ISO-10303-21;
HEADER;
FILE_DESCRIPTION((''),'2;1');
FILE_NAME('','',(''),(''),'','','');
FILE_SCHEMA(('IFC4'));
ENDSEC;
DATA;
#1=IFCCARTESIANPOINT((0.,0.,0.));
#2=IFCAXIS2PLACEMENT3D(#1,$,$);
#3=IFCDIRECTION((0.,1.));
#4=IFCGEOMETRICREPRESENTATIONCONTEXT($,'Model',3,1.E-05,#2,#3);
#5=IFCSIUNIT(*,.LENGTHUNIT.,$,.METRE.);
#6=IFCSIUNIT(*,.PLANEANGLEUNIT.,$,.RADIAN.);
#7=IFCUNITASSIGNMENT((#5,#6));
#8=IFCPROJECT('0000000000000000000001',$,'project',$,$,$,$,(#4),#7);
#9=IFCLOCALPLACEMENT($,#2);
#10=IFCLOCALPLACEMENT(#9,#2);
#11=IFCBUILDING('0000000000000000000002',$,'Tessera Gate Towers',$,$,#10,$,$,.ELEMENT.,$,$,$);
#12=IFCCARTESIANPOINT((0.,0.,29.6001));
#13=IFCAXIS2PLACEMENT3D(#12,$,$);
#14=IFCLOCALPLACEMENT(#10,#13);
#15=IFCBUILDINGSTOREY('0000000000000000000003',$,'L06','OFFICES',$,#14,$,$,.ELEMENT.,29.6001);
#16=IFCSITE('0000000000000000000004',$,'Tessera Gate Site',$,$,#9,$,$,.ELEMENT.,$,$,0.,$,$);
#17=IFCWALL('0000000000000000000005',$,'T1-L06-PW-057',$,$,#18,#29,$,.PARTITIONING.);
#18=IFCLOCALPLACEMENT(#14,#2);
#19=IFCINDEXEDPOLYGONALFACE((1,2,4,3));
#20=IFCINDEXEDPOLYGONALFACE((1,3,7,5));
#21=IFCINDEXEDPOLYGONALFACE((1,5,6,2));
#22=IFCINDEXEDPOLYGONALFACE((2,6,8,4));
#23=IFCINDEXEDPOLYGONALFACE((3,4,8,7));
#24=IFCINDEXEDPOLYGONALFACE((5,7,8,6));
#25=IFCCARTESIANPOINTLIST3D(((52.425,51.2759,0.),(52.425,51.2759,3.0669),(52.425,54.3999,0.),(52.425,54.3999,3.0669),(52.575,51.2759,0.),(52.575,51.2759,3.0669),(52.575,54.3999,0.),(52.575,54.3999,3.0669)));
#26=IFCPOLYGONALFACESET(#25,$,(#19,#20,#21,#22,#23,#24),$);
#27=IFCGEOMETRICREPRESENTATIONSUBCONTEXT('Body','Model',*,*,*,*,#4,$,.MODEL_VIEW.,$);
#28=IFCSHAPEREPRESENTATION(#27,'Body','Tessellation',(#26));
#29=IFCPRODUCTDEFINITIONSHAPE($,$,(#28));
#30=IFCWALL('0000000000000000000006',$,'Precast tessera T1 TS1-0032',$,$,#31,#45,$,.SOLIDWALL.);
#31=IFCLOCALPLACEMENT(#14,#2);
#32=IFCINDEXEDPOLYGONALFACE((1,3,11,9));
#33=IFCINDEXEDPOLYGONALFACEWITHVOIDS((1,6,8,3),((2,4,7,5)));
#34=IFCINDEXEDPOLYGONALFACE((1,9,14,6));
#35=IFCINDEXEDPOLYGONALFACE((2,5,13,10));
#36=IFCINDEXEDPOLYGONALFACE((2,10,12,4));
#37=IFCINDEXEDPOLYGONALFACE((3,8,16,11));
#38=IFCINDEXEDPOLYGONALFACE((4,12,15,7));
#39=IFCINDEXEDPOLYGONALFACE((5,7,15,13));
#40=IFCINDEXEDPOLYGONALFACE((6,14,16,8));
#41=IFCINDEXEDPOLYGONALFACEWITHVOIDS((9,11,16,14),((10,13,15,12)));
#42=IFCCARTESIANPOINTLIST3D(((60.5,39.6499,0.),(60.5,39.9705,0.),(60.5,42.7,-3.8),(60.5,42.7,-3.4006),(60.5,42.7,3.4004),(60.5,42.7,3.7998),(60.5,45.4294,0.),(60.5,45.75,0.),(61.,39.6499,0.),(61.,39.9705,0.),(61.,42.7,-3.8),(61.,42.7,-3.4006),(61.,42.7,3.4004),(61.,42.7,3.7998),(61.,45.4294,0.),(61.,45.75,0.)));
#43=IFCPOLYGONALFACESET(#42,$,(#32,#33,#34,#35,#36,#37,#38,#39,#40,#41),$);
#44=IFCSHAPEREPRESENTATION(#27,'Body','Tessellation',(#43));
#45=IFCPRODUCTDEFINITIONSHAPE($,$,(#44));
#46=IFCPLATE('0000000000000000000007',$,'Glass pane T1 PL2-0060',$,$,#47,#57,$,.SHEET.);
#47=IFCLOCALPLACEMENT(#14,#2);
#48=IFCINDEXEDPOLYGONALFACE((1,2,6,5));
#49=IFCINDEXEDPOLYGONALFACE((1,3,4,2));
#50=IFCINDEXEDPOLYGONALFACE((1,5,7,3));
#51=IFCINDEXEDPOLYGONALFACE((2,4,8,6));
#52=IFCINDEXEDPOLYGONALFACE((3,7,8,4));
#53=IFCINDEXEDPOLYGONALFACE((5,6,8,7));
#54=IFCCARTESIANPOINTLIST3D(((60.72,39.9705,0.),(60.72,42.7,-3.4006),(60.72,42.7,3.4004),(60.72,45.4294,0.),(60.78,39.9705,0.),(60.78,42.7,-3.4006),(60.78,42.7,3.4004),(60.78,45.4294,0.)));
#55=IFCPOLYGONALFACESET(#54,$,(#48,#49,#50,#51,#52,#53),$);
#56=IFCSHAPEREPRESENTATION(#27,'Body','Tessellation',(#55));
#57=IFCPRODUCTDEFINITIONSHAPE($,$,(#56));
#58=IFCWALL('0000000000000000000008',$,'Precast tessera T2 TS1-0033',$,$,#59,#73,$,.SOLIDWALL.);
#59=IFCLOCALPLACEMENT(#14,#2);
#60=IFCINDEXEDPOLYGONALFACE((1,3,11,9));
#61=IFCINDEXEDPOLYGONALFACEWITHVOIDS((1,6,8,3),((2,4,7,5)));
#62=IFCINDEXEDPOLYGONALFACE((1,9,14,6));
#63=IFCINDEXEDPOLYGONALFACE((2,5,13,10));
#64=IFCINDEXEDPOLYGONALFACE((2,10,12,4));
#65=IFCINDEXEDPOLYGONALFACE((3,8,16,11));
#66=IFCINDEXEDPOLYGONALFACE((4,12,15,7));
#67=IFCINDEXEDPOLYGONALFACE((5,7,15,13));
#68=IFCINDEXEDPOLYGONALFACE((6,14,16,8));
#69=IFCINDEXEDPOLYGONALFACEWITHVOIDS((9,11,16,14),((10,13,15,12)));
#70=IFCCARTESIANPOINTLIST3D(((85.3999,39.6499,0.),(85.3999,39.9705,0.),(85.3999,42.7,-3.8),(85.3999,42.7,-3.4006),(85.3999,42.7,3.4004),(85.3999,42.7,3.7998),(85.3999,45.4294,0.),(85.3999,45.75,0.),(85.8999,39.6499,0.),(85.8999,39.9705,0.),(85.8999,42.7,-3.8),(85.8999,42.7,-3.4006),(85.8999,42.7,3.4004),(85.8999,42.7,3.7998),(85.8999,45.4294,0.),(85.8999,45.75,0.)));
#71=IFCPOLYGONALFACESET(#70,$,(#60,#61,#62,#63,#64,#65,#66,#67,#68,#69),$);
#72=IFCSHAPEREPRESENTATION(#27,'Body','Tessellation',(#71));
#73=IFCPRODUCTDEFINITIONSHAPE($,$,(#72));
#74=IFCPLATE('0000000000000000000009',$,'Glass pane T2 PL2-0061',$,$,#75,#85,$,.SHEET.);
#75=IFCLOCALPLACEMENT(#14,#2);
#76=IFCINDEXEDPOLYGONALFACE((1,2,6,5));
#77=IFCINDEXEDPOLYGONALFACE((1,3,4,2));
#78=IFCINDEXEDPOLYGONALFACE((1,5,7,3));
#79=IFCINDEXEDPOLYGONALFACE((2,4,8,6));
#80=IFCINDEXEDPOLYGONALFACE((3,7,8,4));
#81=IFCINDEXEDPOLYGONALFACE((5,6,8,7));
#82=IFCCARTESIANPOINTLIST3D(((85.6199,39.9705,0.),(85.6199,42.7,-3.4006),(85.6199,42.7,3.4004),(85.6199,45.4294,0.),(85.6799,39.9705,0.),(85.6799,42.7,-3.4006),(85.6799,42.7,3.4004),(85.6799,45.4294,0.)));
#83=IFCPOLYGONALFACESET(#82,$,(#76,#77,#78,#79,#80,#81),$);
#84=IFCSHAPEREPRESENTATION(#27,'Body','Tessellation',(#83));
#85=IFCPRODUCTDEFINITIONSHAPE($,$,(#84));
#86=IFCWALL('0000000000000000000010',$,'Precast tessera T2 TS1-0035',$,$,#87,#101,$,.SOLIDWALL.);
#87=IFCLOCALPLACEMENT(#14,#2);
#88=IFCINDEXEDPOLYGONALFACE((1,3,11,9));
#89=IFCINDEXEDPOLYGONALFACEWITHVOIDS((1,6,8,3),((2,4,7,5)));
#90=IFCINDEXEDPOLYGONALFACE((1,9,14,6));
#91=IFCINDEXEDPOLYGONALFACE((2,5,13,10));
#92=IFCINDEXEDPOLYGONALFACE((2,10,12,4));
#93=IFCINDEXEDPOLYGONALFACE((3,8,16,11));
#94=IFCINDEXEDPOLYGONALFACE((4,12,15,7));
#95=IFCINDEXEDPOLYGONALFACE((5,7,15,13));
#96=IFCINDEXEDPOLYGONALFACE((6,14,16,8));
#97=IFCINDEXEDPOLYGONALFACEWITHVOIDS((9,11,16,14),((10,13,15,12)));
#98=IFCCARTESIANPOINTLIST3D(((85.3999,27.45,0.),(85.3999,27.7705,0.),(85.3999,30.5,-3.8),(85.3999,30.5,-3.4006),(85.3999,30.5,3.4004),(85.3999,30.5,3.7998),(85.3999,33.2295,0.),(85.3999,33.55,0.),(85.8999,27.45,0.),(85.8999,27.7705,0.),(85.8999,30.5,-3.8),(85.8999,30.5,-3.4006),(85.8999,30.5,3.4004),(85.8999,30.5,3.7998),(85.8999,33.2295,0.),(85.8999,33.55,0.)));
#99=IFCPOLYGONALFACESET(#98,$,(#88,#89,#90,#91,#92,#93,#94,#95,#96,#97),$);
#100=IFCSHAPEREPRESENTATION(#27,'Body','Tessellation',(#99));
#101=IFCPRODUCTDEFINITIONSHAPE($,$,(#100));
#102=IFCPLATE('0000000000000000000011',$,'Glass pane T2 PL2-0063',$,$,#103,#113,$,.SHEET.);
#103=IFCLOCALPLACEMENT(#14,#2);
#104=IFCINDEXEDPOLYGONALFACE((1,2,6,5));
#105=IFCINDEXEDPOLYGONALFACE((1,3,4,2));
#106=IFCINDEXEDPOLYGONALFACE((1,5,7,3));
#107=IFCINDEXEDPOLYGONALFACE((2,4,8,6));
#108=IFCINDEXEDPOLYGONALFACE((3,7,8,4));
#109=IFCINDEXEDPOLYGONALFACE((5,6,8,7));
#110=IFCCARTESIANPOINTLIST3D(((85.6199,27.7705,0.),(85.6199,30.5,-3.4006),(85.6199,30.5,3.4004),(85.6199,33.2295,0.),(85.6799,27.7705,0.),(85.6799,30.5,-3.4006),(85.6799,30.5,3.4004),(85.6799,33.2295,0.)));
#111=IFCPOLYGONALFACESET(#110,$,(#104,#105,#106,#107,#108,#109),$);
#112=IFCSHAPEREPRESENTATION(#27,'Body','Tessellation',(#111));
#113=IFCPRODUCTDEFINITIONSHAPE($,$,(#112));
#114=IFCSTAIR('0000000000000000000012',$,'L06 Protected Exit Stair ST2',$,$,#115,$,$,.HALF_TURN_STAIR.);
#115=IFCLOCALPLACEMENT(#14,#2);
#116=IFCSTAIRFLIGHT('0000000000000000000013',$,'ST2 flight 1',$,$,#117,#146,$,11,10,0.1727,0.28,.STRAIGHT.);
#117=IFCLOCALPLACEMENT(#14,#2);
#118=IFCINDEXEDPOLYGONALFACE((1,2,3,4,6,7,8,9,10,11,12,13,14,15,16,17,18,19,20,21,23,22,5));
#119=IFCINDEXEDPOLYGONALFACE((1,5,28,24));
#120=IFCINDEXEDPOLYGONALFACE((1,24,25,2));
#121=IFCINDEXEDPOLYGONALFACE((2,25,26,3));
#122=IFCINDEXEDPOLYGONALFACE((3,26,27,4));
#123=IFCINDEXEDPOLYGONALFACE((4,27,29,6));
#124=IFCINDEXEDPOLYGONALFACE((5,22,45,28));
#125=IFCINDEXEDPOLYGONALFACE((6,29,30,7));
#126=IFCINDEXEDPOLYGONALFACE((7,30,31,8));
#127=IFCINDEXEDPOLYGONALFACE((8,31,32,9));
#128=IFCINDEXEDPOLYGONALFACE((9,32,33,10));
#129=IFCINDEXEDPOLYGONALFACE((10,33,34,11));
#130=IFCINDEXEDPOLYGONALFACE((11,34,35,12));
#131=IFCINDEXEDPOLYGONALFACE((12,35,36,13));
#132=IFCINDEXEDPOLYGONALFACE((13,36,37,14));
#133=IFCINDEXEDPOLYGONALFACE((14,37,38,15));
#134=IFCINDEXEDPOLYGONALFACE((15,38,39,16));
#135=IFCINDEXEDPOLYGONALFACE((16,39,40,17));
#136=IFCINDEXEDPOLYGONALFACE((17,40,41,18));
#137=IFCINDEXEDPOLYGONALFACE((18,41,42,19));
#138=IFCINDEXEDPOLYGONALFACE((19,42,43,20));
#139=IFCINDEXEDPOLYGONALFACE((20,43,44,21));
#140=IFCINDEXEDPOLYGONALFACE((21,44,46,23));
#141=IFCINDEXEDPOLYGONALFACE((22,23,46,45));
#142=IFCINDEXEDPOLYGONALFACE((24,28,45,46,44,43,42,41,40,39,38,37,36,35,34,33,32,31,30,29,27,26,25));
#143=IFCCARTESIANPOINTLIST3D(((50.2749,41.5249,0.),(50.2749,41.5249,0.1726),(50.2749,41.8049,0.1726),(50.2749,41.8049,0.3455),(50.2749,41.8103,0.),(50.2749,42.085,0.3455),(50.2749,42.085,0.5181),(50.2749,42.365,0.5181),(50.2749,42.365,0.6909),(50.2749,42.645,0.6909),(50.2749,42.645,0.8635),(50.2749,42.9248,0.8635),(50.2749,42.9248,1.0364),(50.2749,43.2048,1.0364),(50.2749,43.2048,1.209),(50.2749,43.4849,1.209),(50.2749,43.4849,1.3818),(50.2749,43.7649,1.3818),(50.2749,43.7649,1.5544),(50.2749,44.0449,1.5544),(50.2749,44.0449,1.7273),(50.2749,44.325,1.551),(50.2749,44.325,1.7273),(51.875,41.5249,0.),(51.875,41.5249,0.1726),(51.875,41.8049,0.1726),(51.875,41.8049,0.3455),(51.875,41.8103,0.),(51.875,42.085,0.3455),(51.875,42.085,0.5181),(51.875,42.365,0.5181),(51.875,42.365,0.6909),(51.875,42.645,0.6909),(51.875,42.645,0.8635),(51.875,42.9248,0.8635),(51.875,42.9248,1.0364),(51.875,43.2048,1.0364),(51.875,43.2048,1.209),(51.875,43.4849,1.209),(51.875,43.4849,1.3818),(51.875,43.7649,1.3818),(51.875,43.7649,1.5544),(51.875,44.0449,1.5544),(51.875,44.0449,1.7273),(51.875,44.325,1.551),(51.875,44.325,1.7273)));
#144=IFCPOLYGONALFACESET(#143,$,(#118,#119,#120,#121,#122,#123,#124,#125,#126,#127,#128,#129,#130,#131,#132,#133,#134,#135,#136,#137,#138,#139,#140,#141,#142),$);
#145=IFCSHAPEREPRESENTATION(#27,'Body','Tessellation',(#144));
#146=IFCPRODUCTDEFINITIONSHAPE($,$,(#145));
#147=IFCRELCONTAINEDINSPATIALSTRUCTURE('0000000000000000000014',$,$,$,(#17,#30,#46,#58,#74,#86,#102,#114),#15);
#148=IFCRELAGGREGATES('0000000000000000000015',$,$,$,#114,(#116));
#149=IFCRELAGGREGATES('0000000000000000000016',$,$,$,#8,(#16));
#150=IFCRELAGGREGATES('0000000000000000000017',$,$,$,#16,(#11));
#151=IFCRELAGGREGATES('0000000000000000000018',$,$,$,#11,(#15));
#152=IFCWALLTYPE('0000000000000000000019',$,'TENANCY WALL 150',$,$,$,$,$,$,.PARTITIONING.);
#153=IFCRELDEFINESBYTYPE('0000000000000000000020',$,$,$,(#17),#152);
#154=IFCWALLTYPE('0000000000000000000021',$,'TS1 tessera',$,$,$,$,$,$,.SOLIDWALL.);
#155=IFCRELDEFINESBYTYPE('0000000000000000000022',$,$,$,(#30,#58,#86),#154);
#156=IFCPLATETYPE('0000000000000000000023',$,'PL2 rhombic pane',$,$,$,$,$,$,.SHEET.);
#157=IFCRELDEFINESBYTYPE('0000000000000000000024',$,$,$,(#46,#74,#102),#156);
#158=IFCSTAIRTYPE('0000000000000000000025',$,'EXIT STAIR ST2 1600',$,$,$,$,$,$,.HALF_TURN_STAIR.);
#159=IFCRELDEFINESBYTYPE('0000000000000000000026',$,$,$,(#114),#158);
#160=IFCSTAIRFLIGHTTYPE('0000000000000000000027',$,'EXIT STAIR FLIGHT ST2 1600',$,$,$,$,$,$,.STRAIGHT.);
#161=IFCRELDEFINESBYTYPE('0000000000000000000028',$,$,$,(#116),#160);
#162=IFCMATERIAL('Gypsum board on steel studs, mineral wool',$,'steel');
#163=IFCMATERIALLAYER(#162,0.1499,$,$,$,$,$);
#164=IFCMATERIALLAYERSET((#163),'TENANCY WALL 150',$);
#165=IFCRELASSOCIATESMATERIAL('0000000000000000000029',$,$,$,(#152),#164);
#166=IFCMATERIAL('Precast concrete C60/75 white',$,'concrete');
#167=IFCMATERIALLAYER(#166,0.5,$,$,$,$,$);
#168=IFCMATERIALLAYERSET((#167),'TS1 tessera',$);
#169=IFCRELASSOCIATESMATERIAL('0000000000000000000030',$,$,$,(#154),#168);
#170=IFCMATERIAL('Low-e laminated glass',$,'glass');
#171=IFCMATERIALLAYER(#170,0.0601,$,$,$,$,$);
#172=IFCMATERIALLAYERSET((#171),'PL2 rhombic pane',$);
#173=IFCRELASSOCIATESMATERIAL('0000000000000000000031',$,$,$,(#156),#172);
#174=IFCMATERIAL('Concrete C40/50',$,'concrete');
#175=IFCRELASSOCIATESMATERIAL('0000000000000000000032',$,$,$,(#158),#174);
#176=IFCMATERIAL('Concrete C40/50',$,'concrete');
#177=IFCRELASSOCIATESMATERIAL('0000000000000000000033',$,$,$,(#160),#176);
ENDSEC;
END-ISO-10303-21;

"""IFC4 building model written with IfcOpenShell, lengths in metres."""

from ifc_helpers import new_model, si_unit, direction, frame, frame_2d, origin, place, context, subcontext, project, spatial, polyline, rectangle, outline, extrude, source, transform, mapped, material, layer, layer_set, type_object, element, fill, aggregate, save


model = new_model("IFC4")

# Units and contexts
model_context = context("Model", 3, precision=1e-05, world=origin(), true_north=direction((0.0, 1.0)))
body_context = subcontext(model_context, "Body", "Model", "MODEL_VIEW")
ifc_project = project(units=[si_unit("LENGTHUNIT", "METRE"), si_unit("PLANEANGLEUNIT", "RADIAN")], contexts=[model_context])

# Site, building, storey
site_placement = place(None, origin())
site = spatial("IfcSite", under=ifc_project, at=site_placement, Name="Tessera Gate Site", CompositionType="ELEMENT", RefElevation=0.0)
building_placement = place(site_placement, origin())
building = spatial("IfcBuilding", under=site, at=building_placement, Name="Tessera Gate Towers", CompositionType="ELEMENT")
storey_placement = place(building_placement, frame((0.0, 0.0, 29.6001)))
storey = spatial("IfcBuildingStorey", under=building, at=storey_placement, Name="L06", Description="OFFICES", CompositionType="ELEMENT", Elevation=29.6001)

# Wall
ifc_material_1 = material(Name="Gypsum board on steel studs, mineral wool", Category="steel")
ifc_layer_1 = layer(ifc_material_1, 0.1499)
ifc_layer_set_1 = layer_set([ifc_layer_1], Name="TENANCY WALL 150")
wall_type_1 = type_object("IfcWallType", Name="TENANCY WALL 150", PredefinedType="PARTITIONING", material=ifc_layer_set_1)
wall_1_placement = place(storey_placement, frame((52.5, 51.2759, 0.0), z_axis=(0.0, 0.0, 1.0), x_axis=(0.0, 1.0, 0.0)))
element("IfcWall", 1, at=wall_1_placement, inside=storey, type_object=wall_type_1, Name="T1-L06-PW-057", PredefinedType="PARTITIONING", context=body_context, shape_type="SweptSolid", body=[
    extrude(rectangle(XDim=3.124, YDim=0.1499, at=frame_2d((1.562, 0.0))), origin(), (0.0, 0.0, 1.0), 3.0669),
])

# Walls, openings, plates
ifc_material_2 = material(Name="Precast concrete C60/75 white", Category="concrete")
ifc_layer_2 = layer(ifc_material_2, 0.5)
ifc_layer_set_2 = layer_set([ifc_layer_2], Name="TS1 tessera")
wall_type_2 = type_object("IfcWallType", Name="TS1 tessera", PredefinedType="SOLIDWALL", material=ifc_layer_set_2)
shared_shape_1 = source(origin(), body_context, "Body", "SweptSolid", [
    extrude(outline(polyline([(3.05, 0.0), (6.1001, 3.8), (3.05, 7.5999), (0.0, 3.8), (3.05, 0.0)])), frame((0.0, 0.25, 0.0), z_axis=(0.0, -1.0, 0.0), x_axis=(1.0, 0.0, 0.0)), (0.0, 0.0, 1.0), 0.5),
])
wall_2_placement = place(storey_placement, frame((60.75, 39.6499, -3.8), z_axis=(0.0, 0.0, 1.0), x_axis=(0.0, 1.0, 0.0)))
wall_2 = element("IfcWall", 2, at=wall_2_placement, inside=storey, type_object=wall_type_2, Name="Precast tessera T1 TS1-0032", PredefinedType="SOLIDWALL", context=body_context, shape_type="MappedRepresentation", body=[
    mapped(shared_shape_1, transform((0.0, 0.0, 0.0), scale=1.0)),
])
shared_shape_2 = source(origin(), body_context, "Body", "SweptSolid", [
    extrude(outline(polyline([(3.05, 0.3994), (5.7795, 3.8), (3.05, 7.2004), (0.3206, 3.8), (3.05, 0.3994)])), frame((0.0, 0.26, 0.0), z_axis=(0.0, -1.0, 0.0), x_axis=(1.0, 0.0, 0.0)), (0.0, 0.0, 1.0), 0.52),
])
opening_1_placement = place(wall_2_placement, origin())
opening_1 = element("IfcOpeningElement", 3, at=opening_1_placement, cuts=wall_2, PredefinedType="OPENING", context=body_context, shape_type="MappedRepresentation", body=[
    mapped(shared_shape_2, transform((0.0, 0.0, 0.0), scale=1.0)),
])
ifc_material_3 = material(Name="Low-e laminated glass", Category="glass")
ifc_layer_3 = layer(ifc_material_3, 0.0601)
ifc_layer_set_3 = layer_set([ifc_layer_3], Name="PL2 rhombic pane")
plate_type = type_object("IfcPlateType", Name="PL2 rhombic pane", PredefinedType="SHEET", material=ifc_layer_set_3)
shared_shape_3 = source(origin(), body_context, "Body", "SweptSolid", [
    extrude(outline(polyline([(3.05, 0.3994), (5.7795, 3.8), (3.05, 7.2004), (0.3206, 3.8), (3.05, 0.3994)])), frame((0.0, 0.03, 0.0), z_axis=(0.0, -1.0, 0.0), x_axis=(1.0, 0.0, 0.0)), (0.0, 0.0, 1.0), 0.0601),
])
plate_1_placement = place(opening_1_placement, origin())
plate_1 = element("IfcPlate", 4, at=plate_1_placement, inside=storey, type_object=plate_type, Name="Glass pane T1 PL2-0060", PredefinedType="SHEET", context=body_context, shape_type="MappedRepresentation", body=[
    mapped(shared_shape_3, transform((0.0, 0.0, 0.0), scale=1.0)),
])
fill(opening_1, plate_1)
wall_3_placement = place(storey_placement, frame((85.6499, 45.75, -3.8), z_axis=(0.0, 0.0, 1.0), x_axis=(0.0, -1.0, 0.0)))
wall_3 = element("IfcWall", 5, at=wall_3_placement, inside=storey, type_object=wall_type_2, Name="Precast tessera T2 TS1-0033", PredefinedType="SOLIDWALL", context=body_context, shape_type="MappedRepresentation", body=[
    mapped(shared_shape_1, transform((0.0, 0.0, 0.0), scale=1.0)),
])
opening_2_placement = place(wall_3_placement, origin())
opening_2 = element("IfcOpeningElement", 6, at=opening_2_placement, cuts=wall_3, PredefinedType="OPENING", context=body_context, shape_type="MappedRepresentation", body=[
    mapped(shared_shape_2, transform((0.0, 0.0, 0.0), scale=1.0)),
])
plate_2_placement = place(opening_2_placement, origin())
plate_2 = element("IfcPlate", 7, at=plate_2_placement, inside=storey, type_object=plate_type, Name="Glass pane T2 PL2-0061", PredefinedType="SHEET", context=body_context, shape_type="MappedRepresentation", body=[
    mapped(shared_shape_3, transform((0.0, 0.0, 0.0), scale=1.0)),
])
fill(opening_2, plate_2)
wall_4_placement = place(storey_placement, frame((85.6499, 33.55, -3.8), z_axis=(0.0, 0.0, 1.0), x_axis=(0.0, -1.0, 0.0)))
wall_4 = element("IfcWall", 8, at=wall_4_placement, inside=storey, type_object=wall_type_2, Name="Precast tessera T2 TS1-0035", PredefinedType="SOLIDWALL", context=body_context, shape_type="MappedRepresentation", body=[
    mapped(shared_shape_1, transform((0.0, 0.0, 0.0), scale=1.0)),
])
opening_3_placement = place(wall_4_placement, origin())
opening_3 = element("IfcOpeningElement", 9, at=opening_3_placement, cuts=wall_4, PredefinedType="OPENING", context=body_context, shape_type="MappedRepresentation", body=[
    mapped(shared_shape_2, transform((0.0, 0.0, 0.0), scale=1.0)),
])
plate_3_placement = place(opening_3_placement, origin())
plate_3 = element("IfcPlate", 10, at=plate_3_placement, inside=storey, type_object=plate_type, Name="Glass pane T2 PL2-0063", PredefinedType="SHEET", context=body_context, shape_type="MappedRepresentation", body=[
    mapped(shared_shape_3, transform((0.0, 0.0, 0.0), scale=1.0)),
])
fill(opening_3, plate_3)

# Stair, stair flight
ifc_material_4 = material(Name="Concrete C40/50", Category="concrete")
stair_type_1 = type_object("IfcStairType", Name="EXIT STAIR ST2 1600", PredefinedType="HALF_TURN_STAIR", material=ifc_material_4)
stair_1_placement = place(storey_placement, origin())
stair_1 = element("IfcStair", 11, at=stair_1_placement, inside=storey, type_object=stair_type_1, Name="L06 Protected Exit Stair ST2", PredefinedType="HALF_TURN_STAIR")
ifc_material_5 = material(Name="Concrete C40/50", Category="concrete")
stair_flight_type_1 = type_object("IfcStairFlightType", Name="EXIT STAIR FLIGHT ST2 1600", PredefinedType="STRAIGHT", material=ifc_material_5)
stair_flight_1_placement = place(storey_placement, frame((51.075, 41.5249, 0.0), z_axis=(0.0, 0.0, 1.0), x_axis=(0.0, 1.0, 0.0)))
stair_flight_1 = element("IfcStairFlight", 12, at=stair_flight_1_placement, type_object=stair_flight_type_1, Name="ST2 flight 1", NumberOfRisers=11, NumberOfTreads=10, PredefinedType="STRAIGHT", RiserHeight=0.1727, TreadLength=0.28, context=body_context, shape_type="SweptSolid", body=[
    extrude(outline(polyline([(0.0, 0.0), (0.0, 0.1726), (0.28, 0.1726), (0.28, 0.3455), (0.5601, 0.3455), (0.5601, 0.5181), (0.8401, 0.5181), (0.8401, 0.6909), (1.1201, 0.6909), (1.1201, 0.8635), (1.3999, 0.8635), (1.3999, 1.0364), (1.6799, 1.0364), (1.6799, 1.209), (1.96, 1.209), (1.96, 1.3818), (2.24, 1.3818), (2.24, 1.5544), (2.52, 1.5544), (2.52, 1.7273), (2.8, 1.7273), (2.8, 1.8999), (2.8, 1.551), (0.2854, 0.0), (0.0, 0.0)])), frame((0.0, 0.8, 0.0), z_axis=(0.0, -1.0, 0.0), x_axis=(1.0, 0.0, 0.0)), (0.0, 0.0, 1.0), 1.6001),
])
aggregate(stair_1, [stair_flight_1])

save(model, "model.ifc")
